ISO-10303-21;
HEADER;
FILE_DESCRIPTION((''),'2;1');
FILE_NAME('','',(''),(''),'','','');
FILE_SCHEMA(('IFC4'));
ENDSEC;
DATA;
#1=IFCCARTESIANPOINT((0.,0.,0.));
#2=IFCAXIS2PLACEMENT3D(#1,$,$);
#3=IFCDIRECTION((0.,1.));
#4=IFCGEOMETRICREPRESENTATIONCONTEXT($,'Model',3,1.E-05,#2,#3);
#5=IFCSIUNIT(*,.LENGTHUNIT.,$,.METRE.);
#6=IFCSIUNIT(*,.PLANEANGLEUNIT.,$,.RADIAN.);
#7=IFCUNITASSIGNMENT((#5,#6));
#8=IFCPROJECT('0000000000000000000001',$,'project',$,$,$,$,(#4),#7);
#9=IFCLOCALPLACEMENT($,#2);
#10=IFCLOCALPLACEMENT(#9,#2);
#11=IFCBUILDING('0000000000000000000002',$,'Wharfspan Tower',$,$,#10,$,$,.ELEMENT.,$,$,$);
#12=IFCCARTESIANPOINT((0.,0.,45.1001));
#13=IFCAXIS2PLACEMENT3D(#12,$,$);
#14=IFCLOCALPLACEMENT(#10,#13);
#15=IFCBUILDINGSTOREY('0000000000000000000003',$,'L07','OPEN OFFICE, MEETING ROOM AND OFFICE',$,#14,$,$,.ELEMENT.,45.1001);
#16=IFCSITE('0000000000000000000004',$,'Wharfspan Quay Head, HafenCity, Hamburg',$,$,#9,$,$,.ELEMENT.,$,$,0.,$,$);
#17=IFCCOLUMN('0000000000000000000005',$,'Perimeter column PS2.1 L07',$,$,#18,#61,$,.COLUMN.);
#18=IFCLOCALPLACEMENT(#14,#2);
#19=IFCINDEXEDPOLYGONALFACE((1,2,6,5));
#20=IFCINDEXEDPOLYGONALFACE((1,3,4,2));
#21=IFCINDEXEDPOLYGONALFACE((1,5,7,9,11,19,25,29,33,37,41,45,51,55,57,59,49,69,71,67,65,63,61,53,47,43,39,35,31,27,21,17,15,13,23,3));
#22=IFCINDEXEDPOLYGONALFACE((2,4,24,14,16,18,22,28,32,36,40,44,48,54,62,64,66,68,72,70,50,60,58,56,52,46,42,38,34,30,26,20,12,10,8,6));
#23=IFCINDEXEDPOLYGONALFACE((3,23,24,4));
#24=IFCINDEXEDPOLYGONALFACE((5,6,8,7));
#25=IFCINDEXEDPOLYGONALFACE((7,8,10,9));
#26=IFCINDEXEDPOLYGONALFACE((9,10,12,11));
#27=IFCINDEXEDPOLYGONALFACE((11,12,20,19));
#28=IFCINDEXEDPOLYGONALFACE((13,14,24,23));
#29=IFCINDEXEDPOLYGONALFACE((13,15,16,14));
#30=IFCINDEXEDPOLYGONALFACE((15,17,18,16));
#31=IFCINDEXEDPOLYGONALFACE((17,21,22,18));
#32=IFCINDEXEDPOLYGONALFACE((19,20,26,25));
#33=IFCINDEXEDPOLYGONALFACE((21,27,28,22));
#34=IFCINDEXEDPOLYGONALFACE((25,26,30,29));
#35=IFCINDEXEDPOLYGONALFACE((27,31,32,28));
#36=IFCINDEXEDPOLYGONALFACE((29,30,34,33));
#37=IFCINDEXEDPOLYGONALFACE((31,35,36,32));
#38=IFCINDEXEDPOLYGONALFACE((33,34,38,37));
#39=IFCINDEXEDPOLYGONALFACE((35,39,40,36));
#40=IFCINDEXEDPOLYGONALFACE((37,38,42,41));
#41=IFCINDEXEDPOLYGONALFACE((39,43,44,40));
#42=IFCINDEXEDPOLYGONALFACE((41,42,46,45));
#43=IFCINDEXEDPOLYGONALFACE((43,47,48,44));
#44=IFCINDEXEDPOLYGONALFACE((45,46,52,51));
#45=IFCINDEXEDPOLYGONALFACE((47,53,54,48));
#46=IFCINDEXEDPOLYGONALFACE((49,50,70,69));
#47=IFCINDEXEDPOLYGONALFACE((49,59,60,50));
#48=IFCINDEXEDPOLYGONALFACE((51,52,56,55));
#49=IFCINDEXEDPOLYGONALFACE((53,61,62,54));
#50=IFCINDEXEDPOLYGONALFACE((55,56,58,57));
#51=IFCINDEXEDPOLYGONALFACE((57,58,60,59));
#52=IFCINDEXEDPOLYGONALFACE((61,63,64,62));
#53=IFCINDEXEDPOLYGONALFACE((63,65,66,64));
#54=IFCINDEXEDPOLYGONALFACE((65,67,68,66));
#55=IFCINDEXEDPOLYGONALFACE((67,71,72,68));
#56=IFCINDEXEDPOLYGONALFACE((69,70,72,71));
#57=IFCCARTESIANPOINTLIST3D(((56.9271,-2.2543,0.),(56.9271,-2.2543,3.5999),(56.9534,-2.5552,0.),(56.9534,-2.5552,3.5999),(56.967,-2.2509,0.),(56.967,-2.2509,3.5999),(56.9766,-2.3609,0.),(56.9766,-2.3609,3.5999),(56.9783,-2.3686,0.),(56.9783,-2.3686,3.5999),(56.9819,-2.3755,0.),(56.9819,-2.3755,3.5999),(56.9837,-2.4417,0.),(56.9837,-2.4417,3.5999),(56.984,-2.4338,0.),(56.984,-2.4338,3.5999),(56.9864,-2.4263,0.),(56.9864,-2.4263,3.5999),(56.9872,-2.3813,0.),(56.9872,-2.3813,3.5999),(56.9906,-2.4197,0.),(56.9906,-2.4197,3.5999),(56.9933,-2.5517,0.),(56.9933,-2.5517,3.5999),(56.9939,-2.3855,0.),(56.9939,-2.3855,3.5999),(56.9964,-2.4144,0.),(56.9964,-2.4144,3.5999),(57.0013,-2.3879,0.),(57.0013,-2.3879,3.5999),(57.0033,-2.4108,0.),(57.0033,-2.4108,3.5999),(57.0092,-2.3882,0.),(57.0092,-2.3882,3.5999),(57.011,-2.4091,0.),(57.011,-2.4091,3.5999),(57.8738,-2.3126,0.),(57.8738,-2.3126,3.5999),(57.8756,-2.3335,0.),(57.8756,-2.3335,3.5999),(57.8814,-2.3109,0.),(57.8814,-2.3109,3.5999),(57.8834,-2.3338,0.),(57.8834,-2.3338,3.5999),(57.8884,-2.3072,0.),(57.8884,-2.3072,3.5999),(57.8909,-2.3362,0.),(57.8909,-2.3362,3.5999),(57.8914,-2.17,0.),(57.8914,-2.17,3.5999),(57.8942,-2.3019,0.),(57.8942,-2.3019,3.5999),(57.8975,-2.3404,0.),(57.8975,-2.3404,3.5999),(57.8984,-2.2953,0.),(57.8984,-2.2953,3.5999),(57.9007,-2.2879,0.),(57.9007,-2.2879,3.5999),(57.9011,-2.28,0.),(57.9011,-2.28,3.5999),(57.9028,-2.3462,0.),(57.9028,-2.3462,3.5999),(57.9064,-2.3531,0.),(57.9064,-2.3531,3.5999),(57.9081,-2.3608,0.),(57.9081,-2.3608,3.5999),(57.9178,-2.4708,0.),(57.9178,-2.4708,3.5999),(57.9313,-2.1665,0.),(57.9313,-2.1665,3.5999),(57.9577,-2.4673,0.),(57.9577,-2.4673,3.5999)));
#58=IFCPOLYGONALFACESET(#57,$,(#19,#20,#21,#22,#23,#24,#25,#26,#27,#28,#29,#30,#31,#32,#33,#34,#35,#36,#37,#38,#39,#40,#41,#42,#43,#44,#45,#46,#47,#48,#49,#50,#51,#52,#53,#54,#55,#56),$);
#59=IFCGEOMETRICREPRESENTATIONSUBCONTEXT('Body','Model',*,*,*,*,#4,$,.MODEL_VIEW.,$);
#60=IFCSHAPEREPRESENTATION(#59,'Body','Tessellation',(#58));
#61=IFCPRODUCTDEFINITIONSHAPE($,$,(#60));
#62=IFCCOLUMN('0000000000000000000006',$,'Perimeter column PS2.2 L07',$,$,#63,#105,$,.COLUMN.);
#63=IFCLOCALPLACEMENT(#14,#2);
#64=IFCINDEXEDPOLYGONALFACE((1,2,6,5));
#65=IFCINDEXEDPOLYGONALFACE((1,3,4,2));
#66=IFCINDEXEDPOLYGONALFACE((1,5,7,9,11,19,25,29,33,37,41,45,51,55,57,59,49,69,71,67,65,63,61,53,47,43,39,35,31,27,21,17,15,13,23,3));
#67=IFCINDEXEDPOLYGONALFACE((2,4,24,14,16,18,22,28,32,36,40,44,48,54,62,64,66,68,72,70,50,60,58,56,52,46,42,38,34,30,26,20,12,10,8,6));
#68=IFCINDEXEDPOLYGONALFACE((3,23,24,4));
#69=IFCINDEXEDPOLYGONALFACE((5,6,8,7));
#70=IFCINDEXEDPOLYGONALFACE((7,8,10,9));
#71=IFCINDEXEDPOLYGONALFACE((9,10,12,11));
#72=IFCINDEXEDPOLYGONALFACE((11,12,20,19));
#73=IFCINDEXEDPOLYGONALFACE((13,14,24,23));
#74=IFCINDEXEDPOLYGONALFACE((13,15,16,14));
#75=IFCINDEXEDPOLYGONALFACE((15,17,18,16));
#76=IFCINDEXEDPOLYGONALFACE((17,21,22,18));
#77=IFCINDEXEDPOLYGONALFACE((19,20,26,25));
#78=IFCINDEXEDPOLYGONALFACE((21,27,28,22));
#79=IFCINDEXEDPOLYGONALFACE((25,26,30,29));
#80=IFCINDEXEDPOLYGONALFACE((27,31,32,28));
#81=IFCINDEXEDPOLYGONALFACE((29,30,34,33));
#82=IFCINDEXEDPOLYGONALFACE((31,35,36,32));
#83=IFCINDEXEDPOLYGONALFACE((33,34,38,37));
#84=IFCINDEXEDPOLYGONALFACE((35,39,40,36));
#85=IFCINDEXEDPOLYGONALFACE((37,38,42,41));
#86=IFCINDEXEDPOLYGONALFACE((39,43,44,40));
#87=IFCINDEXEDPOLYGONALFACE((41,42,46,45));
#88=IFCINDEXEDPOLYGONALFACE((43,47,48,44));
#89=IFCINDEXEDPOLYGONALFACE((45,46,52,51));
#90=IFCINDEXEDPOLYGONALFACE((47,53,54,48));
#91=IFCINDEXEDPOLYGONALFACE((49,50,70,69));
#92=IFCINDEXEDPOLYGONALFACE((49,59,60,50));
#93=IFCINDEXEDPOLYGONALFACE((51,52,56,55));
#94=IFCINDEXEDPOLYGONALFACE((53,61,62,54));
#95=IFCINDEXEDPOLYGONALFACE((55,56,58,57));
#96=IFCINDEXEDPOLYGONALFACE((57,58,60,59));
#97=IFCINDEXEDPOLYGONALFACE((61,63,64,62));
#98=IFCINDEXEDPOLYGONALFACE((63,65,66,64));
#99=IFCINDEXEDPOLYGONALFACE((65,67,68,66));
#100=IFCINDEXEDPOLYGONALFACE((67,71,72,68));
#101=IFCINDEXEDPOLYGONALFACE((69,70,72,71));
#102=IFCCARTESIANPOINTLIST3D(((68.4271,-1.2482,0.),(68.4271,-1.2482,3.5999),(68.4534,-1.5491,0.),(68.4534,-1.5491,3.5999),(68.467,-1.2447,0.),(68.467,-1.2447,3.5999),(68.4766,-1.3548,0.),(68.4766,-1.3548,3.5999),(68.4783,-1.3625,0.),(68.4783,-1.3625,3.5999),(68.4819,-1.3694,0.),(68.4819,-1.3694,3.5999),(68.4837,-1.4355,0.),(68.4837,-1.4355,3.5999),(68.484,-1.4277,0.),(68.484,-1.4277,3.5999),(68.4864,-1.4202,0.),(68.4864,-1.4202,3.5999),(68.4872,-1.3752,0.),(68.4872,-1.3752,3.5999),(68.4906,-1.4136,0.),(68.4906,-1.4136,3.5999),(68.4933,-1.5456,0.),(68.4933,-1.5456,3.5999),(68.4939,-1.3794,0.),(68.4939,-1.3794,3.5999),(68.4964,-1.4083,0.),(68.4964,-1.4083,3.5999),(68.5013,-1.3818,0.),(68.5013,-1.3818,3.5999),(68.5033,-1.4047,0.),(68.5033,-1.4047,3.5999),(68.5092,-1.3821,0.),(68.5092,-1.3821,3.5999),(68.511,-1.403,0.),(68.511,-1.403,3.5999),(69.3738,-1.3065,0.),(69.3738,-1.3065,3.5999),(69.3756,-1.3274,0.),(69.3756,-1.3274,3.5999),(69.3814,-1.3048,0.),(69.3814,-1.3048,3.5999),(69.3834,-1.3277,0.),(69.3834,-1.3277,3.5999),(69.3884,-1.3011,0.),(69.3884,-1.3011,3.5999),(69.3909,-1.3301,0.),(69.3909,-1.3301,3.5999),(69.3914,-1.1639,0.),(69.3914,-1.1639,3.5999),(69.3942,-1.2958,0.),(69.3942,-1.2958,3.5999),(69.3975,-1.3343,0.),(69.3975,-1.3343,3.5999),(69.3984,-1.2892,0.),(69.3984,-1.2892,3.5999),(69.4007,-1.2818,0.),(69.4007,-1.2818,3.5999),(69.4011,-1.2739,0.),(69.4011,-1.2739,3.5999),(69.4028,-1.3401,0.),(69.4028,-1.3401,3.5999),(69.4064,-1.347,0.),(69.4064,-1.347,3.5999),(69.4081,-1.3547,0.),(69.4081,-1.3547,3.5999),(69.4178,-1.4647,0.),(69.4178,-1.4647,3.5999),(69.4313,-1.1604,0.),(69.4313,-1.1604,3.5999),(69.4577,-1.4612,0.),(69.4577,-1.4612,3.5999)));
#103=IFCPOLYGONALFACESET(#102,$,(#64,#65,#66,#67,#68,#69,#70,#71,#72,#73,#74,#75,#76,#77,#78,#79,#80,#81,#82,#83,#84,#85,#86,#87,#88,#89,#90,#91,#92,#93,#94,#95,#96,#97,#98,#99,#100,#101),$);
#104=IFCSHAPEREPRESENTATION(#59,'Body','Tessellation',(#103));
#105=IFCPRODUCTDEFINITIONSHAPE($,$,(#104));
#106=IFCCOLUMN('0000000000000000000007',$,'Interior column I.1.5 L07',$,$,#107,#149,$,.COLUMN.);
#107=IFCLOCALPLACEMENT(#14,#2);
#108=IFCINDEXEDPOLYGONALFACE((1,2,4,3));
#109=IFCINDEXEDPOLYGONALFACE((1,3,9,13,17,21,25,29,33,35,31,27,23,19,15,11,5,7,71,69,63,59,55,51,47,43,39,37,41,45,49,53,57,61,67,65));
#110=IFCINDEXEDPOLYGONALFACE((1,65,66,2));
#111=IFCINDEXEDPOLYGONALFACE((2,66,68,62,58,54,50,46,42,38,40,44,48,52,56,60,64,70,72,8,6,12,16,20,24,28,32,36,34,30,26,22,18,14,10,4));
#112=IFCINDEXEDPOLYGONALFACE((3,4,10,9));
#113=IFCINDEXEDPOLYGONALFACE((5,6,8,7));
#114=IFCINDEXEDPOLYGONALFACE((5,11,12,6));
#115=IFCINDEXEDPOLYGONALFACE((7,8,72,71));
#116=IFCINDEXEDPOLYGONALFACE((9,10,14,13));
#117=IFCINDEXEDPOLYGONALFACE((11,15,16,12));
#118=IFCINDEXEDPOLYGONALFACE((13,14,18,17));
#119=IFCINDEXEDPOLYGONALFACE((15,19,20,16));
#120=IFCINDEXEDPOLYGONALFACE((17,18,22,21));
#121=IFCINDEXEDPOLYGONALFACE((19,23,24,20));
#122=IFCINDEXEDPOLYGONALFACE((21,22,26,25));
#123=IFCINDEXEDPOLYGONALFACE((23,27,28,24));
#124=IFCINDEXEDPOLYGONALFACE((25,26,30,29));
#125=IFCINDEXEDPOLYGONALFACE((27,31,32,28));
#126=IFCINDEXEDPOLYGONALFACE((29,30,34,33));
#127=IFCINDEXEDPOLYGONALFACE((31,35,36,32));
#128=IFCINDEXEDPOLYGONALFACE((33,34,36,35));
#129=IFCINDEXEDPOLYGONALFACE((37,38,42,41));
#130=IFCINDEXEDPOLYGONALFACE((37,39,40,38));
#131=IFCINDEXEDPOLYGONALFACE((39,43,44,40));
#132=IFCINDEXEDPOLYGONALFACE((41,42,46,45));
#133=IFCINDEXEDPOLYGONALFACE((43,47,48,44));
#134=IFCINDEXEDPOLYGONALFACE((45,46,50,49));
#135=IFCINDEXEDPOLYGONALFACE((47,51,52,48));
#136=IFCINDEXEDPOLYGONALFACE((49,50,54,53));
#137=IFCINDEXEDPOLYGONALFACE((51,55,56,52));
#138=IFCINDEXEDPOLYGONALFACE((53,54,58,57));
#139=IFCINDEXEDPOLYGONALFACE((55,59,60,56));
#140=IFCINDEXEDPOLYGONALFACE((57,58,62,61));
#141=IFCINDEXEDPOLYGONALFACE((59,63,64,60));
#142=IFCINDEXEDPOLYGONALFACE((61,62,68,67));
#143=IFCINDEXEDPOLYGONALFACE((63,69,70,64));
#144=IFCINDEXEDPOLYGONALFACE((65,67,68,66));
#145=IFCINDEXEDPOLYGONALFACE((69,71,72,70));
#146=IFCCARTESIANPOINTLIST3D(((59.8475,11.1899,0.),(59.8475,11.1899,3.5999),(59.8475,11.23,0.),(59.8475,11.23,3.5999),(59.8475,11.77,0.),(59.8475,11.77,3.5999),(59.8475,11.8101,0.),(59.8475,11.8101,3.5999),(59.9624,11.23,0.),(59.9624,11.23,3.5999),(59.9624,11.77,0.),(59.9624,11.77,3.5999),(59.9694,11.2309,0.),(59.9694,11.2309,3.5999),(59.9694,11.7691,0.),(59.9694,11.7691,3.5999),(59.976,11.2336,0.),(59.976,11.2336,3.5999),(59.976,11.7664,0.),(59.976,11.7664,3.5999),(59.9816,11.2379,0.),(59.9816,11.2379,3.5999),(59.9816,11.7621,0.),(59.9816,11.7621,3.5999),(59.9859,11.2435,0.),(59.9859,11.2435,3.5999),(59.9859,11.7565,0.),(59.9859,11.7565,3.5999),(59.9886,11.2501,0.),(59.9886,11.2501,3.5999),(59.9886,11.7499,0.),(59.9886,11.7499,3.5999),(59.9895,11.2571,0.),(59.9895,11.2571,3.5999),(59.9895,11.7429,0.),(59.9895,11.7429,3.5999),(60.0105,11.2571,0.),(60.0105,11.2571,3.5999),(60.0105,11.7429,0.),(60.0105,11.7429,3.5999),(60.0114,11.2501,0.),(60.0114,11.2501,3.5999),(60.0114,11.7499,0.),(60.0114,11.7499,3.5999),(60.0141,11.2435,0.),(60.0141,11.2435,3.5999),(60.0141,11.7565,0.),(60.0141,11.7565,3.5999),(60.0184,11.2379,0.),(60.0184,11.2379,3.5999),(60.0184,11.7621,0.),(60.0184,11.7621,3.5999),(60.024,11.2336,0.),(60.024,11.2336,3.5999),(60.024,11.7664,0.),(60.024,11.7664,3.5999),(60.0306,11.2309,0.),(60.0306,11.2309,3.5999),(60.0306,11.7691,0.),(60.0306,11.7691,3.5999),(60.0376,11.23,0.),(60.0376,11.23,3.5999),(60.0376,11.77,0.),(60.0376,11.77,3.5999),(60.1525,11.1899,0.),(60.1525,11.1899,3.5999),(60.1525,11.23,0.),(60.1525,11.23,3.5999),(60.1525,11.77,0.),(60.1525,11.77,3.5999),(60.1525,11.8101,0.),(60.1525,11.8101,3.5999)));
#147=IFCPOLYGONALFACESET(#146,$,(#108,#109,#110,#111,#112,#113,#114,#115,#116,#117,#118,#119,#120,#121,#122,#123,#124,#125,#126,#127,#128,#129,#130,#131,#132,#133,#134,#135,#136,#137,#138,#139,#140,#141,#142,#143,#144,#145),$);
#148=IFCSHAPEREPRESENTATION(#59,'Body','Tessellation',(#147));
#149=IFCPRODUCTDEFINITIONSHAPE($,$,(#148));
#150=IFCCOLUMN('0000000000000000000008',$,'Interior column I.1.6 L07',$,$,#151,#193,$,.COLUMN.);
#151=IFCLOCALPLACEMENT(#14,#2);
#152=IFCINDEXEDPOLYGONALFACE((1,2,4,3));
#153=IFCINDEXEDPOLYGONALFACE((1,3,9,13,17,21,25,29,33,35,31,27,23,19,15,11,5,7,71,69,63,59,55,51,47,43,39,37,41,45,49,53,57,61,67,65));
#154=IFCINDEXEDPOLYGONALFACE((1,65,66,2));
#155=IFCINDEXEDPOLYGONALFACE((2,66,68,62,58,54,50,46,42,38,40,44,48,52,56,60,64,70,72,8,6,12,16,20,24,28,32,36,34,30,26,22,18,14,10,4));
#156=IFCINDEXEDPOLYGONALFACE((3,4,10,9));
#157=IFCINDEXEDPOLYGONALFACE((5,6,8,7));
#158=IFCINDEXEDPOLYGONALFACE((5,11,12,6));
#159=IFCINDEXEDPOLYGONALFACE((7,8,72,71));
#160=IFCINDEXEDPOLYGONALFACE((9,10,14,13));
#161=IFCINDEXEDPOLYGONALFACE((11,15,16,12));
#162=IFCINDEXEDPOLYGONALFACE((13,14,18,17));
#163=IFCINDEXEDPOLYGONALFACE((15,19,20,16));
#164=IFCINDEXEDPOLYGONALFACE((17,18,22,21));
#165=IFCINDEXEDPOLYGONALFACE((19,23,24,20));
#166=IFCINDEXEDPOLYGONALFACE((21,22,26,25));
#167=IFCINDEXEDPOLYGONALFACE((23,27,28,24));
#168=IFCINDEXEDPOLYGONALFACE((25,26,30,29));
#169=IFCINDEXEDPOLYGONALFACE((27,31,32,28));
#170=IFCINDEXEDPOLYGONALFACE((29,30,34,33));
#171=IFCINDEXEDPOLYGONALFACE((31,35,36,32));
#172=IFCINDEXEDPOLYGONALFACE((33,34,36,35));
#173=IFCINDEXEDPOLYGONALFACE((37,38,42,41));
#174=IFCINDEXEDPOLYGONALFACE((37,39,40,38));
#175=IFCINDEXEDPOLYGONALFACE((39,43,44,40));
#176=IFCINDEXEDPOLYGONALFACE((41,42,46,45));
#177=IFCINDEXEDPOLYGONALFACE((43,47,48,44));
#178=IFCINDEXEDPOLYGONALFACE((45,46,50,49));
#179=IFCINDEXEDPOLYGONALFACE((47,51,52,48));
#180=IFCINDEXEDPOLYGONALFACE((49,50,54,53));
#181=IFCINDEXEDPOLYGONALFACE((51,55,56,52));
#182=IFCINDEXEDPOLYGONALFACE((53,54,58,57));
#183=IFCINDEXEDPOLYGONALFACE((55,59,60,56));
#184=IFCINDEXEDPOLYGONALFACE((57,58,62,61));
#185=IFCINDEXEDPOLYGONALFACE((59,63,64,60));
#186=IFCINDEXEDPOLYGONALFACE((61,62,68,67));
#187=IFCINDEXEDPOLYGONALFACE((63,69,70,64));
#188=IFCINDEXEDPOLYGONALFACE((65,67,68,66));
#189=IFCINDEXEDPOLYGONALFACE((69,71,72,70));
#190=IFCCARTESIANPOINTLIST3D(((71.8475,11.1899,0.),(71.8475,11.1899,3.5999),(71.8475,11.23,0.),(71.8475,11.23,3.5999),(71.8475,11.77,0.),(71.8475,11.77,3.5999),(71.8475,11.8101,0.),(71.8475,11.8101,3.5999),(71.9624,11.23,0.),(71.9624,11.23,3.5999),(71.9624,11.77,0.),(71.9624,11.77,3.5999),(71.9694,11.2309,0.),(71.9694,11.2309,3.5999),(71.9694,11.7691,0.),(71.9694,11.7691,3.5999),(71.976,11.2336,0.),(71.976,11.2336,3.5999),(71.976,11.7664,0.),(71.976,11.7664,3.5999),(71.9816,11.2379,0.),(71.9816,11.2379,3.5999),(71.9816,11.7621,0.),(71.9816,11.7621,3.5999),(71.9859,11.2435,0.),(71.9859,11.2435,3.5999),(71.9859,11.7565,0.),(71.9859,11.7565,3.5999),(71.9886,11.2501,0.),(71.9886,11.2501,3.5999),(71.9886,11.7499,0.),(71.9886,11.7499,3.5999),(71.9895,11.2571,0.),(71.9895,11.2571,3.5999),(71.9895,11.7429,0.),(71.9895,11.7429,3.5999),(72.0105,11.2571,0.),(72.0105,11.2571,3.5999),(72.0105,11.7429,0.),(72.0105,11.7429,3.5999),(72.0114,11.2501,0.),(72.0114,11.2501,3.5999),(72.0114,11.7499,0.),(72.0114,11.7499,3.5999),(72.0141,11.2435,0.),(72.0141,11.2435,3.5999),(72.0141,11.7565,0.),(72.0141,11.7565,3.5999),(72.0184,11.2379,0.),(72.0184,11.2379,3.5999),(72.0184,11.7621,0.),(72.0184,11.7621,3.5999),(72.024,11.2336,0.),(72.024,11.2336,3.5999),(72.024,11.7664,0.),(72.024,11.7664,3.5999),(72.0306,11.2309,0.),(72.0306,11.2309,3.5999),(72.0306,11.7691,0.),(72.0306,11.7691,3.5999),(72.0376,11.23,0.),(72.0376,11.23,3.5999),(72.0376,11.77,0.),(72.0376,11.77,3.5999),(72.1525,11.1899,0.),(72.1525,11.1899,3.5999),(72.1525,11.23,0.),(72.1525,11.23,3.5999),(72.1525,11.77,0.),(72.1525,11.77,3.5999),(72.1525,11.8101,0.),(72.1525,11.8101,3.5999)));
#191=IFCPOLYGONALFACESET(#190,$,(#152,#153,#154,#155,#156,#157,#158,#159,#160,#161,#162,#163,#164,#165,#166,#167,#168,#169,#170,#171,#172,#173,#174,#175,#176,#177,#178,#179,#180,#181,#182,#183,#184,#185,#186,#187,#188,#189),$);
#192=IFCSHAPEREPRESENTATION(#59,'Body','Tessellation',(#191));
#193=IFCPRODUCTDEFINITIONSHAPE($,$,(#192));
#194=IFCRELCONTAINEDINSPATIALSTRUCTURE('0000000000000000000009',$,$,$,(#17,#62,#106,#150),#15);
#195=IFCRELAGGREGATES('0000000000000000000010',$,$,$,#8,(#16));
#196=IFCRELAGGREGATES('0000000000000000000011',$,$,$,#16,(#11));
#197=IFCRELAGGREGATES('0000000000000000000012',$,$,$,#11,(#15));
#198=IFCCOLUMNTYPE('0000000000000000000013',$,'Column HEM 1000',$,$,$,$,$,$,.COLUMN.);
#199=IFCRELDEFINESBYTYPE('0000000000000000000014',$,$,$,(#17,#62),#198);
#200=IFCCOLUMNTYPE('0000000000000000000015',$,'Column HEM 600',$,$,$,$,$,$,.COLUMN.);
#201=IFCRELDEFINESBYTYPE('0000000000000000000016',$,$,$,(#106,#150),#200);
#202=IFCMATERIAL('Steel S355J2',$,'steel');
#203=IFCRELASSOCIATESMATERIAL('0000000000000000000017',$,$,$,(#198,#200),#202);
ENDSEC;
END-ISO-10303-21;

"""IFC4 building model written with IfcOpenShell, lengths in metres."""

from ifc_helpers import new_model, si_unit, direction, frame, origin, origin_2d, place, context, subcontext, project, spatial, i_section, extrude, material, material_profile, profile_set, type_object, element, save


model = new_model("IFC4")

# Units and contexts
model_context = context("Model", 3, precision=1e-05, world=origin(), true_north=direction((0.0, 1.0)))
body_context = subcontext(model_context, "Body", "Model", "MODEL_VIEW")
ifc_project = project(units=[si_unit("LENGTHUNIT", "METRE"), si_unit("PLANEANGLEUNIT", "RADIAN")], contexts=[model_context])

# Site, building, storey
site_placement = place(None, origin())
site = spatial("IfcSite", under=ifc_project, at=site_placement, Name="Wharfspan Quay Head, HafenCity, Hamburg", CompositionType="ELEMENT", RefElevation=0.0)
building_placement = place(site_placement, origin())
building = spatial("IfcBuilding", under=site, at=building_placement, Name="Wharfspan Tower", CompositionType="ELEMENT")
storey_placement = place(building_placement, frame((0.0, 0.0, 45.1001)))
storey = spatial("IfcBuildingStorey", under=building, at=storey_placement, Name="L07", Description="OPEN OFFICE, MEETING ROOM AND OFFICE", CompositionType="ELEMENT", Elevation=45.1001)

# Columns
ifc_material_1 = material(Name="Steel S355J2", Category="steel")
ifc_material_profile_1 = material_profile(ifc_material_1, i_section(OverallWidth=0.302, OverallDepth=1.0081, WebThickness=0.021, FlangeThickness=0.04, FilletRadius=0.03, at=origin_2d()))
ifc_profile_set_1 = profile_set([ifc_material_profile_1], Name="Steel S355J2")
column_type_1 = type_object("IfcColumnType", Name="Column HEM 1000", PredefinedType="COLUMN", material=ifc_profile_set_1)
for number, where, z_axis, x_axis, name in (
    (1, (57.4424, -2.3608, 0.0), (0.0, 0.0, 1.0), (0.087156, -0.996198, 0.0), "Perimeter column PS2.1 L07"),
    (2, (68.9424, -1.3547, 0.0), (0.0, 0.0, 1.0), (0.087156, -0.996198, 0.0), "Perimeter column PS2.2 L07"),
):
    element("IfcColumn", number, at=place(storey_placement, frame(where, z_axis=z_axis, x_axis=x_axis)), inside=storey, type_object=column_type_1, Name=name, PredefinedType="COLUMN", context=body_context, shape_type="SweptSolid", body=[
        extrude(i_section(OverallWidth=0.302, OverallDepth=1.0081, WebThickness=0.021, FlangeThickness=0.04, FilletRadius=0.03, at=origin_2d()), origin(), (0.0, 0.0, 1.0), 3.5999),
    ])
ifc_material_profile_2 = material_profile(ifc_material_1, i_section(OverallWidth=0.3049, OverallDepth=0.6201, WebThickness=0.021, FlangeThickness=0.04, FilletRadius=0.0271, at=origin_2d()))
ifc_profile_set_2 = profile_set([ifc_material_profile_2], Name="Steel S355J2")
column_type_2 = type_object("IfcColumnType", Name="Column HEM 600", PredefinedType="COLUMN", material=ifc_profile_set_2)
for number, where, z_axis, x_axis, name in (
    (3, (60.0, 11.5, 0.0), (0.0, 0.0, 1.0), (1.0, 0.0, 0.0), "Interior column I.1.5 L07"),
    (4, (72.0, 11.5, 0.0), (0.0, 0.0, 1.0), (1.0, 0.0, 0.0), "Interior column I.1.6 L07"),
):
    element("IfcColumn", number, at=place(storey_placement, frame(where, z_axis=z_axis, x_axis=x_axis)), inside=storey, type_object=column_type_2, Name=name, PredefinedType="COLUMN", context=body_context, shape_type="SweptSolid", body=[
        extrude(i_section(OverallWidth=0.3049, OverallDepth=0.6201, WebThickness=0.021, FlangeThickness=0.04, FilletRadius=0.0271, at=origin_2d()), origin(), (0.0, 0.0, 1.0), 3.5999),
    ])

save(model, "model.ifc")
